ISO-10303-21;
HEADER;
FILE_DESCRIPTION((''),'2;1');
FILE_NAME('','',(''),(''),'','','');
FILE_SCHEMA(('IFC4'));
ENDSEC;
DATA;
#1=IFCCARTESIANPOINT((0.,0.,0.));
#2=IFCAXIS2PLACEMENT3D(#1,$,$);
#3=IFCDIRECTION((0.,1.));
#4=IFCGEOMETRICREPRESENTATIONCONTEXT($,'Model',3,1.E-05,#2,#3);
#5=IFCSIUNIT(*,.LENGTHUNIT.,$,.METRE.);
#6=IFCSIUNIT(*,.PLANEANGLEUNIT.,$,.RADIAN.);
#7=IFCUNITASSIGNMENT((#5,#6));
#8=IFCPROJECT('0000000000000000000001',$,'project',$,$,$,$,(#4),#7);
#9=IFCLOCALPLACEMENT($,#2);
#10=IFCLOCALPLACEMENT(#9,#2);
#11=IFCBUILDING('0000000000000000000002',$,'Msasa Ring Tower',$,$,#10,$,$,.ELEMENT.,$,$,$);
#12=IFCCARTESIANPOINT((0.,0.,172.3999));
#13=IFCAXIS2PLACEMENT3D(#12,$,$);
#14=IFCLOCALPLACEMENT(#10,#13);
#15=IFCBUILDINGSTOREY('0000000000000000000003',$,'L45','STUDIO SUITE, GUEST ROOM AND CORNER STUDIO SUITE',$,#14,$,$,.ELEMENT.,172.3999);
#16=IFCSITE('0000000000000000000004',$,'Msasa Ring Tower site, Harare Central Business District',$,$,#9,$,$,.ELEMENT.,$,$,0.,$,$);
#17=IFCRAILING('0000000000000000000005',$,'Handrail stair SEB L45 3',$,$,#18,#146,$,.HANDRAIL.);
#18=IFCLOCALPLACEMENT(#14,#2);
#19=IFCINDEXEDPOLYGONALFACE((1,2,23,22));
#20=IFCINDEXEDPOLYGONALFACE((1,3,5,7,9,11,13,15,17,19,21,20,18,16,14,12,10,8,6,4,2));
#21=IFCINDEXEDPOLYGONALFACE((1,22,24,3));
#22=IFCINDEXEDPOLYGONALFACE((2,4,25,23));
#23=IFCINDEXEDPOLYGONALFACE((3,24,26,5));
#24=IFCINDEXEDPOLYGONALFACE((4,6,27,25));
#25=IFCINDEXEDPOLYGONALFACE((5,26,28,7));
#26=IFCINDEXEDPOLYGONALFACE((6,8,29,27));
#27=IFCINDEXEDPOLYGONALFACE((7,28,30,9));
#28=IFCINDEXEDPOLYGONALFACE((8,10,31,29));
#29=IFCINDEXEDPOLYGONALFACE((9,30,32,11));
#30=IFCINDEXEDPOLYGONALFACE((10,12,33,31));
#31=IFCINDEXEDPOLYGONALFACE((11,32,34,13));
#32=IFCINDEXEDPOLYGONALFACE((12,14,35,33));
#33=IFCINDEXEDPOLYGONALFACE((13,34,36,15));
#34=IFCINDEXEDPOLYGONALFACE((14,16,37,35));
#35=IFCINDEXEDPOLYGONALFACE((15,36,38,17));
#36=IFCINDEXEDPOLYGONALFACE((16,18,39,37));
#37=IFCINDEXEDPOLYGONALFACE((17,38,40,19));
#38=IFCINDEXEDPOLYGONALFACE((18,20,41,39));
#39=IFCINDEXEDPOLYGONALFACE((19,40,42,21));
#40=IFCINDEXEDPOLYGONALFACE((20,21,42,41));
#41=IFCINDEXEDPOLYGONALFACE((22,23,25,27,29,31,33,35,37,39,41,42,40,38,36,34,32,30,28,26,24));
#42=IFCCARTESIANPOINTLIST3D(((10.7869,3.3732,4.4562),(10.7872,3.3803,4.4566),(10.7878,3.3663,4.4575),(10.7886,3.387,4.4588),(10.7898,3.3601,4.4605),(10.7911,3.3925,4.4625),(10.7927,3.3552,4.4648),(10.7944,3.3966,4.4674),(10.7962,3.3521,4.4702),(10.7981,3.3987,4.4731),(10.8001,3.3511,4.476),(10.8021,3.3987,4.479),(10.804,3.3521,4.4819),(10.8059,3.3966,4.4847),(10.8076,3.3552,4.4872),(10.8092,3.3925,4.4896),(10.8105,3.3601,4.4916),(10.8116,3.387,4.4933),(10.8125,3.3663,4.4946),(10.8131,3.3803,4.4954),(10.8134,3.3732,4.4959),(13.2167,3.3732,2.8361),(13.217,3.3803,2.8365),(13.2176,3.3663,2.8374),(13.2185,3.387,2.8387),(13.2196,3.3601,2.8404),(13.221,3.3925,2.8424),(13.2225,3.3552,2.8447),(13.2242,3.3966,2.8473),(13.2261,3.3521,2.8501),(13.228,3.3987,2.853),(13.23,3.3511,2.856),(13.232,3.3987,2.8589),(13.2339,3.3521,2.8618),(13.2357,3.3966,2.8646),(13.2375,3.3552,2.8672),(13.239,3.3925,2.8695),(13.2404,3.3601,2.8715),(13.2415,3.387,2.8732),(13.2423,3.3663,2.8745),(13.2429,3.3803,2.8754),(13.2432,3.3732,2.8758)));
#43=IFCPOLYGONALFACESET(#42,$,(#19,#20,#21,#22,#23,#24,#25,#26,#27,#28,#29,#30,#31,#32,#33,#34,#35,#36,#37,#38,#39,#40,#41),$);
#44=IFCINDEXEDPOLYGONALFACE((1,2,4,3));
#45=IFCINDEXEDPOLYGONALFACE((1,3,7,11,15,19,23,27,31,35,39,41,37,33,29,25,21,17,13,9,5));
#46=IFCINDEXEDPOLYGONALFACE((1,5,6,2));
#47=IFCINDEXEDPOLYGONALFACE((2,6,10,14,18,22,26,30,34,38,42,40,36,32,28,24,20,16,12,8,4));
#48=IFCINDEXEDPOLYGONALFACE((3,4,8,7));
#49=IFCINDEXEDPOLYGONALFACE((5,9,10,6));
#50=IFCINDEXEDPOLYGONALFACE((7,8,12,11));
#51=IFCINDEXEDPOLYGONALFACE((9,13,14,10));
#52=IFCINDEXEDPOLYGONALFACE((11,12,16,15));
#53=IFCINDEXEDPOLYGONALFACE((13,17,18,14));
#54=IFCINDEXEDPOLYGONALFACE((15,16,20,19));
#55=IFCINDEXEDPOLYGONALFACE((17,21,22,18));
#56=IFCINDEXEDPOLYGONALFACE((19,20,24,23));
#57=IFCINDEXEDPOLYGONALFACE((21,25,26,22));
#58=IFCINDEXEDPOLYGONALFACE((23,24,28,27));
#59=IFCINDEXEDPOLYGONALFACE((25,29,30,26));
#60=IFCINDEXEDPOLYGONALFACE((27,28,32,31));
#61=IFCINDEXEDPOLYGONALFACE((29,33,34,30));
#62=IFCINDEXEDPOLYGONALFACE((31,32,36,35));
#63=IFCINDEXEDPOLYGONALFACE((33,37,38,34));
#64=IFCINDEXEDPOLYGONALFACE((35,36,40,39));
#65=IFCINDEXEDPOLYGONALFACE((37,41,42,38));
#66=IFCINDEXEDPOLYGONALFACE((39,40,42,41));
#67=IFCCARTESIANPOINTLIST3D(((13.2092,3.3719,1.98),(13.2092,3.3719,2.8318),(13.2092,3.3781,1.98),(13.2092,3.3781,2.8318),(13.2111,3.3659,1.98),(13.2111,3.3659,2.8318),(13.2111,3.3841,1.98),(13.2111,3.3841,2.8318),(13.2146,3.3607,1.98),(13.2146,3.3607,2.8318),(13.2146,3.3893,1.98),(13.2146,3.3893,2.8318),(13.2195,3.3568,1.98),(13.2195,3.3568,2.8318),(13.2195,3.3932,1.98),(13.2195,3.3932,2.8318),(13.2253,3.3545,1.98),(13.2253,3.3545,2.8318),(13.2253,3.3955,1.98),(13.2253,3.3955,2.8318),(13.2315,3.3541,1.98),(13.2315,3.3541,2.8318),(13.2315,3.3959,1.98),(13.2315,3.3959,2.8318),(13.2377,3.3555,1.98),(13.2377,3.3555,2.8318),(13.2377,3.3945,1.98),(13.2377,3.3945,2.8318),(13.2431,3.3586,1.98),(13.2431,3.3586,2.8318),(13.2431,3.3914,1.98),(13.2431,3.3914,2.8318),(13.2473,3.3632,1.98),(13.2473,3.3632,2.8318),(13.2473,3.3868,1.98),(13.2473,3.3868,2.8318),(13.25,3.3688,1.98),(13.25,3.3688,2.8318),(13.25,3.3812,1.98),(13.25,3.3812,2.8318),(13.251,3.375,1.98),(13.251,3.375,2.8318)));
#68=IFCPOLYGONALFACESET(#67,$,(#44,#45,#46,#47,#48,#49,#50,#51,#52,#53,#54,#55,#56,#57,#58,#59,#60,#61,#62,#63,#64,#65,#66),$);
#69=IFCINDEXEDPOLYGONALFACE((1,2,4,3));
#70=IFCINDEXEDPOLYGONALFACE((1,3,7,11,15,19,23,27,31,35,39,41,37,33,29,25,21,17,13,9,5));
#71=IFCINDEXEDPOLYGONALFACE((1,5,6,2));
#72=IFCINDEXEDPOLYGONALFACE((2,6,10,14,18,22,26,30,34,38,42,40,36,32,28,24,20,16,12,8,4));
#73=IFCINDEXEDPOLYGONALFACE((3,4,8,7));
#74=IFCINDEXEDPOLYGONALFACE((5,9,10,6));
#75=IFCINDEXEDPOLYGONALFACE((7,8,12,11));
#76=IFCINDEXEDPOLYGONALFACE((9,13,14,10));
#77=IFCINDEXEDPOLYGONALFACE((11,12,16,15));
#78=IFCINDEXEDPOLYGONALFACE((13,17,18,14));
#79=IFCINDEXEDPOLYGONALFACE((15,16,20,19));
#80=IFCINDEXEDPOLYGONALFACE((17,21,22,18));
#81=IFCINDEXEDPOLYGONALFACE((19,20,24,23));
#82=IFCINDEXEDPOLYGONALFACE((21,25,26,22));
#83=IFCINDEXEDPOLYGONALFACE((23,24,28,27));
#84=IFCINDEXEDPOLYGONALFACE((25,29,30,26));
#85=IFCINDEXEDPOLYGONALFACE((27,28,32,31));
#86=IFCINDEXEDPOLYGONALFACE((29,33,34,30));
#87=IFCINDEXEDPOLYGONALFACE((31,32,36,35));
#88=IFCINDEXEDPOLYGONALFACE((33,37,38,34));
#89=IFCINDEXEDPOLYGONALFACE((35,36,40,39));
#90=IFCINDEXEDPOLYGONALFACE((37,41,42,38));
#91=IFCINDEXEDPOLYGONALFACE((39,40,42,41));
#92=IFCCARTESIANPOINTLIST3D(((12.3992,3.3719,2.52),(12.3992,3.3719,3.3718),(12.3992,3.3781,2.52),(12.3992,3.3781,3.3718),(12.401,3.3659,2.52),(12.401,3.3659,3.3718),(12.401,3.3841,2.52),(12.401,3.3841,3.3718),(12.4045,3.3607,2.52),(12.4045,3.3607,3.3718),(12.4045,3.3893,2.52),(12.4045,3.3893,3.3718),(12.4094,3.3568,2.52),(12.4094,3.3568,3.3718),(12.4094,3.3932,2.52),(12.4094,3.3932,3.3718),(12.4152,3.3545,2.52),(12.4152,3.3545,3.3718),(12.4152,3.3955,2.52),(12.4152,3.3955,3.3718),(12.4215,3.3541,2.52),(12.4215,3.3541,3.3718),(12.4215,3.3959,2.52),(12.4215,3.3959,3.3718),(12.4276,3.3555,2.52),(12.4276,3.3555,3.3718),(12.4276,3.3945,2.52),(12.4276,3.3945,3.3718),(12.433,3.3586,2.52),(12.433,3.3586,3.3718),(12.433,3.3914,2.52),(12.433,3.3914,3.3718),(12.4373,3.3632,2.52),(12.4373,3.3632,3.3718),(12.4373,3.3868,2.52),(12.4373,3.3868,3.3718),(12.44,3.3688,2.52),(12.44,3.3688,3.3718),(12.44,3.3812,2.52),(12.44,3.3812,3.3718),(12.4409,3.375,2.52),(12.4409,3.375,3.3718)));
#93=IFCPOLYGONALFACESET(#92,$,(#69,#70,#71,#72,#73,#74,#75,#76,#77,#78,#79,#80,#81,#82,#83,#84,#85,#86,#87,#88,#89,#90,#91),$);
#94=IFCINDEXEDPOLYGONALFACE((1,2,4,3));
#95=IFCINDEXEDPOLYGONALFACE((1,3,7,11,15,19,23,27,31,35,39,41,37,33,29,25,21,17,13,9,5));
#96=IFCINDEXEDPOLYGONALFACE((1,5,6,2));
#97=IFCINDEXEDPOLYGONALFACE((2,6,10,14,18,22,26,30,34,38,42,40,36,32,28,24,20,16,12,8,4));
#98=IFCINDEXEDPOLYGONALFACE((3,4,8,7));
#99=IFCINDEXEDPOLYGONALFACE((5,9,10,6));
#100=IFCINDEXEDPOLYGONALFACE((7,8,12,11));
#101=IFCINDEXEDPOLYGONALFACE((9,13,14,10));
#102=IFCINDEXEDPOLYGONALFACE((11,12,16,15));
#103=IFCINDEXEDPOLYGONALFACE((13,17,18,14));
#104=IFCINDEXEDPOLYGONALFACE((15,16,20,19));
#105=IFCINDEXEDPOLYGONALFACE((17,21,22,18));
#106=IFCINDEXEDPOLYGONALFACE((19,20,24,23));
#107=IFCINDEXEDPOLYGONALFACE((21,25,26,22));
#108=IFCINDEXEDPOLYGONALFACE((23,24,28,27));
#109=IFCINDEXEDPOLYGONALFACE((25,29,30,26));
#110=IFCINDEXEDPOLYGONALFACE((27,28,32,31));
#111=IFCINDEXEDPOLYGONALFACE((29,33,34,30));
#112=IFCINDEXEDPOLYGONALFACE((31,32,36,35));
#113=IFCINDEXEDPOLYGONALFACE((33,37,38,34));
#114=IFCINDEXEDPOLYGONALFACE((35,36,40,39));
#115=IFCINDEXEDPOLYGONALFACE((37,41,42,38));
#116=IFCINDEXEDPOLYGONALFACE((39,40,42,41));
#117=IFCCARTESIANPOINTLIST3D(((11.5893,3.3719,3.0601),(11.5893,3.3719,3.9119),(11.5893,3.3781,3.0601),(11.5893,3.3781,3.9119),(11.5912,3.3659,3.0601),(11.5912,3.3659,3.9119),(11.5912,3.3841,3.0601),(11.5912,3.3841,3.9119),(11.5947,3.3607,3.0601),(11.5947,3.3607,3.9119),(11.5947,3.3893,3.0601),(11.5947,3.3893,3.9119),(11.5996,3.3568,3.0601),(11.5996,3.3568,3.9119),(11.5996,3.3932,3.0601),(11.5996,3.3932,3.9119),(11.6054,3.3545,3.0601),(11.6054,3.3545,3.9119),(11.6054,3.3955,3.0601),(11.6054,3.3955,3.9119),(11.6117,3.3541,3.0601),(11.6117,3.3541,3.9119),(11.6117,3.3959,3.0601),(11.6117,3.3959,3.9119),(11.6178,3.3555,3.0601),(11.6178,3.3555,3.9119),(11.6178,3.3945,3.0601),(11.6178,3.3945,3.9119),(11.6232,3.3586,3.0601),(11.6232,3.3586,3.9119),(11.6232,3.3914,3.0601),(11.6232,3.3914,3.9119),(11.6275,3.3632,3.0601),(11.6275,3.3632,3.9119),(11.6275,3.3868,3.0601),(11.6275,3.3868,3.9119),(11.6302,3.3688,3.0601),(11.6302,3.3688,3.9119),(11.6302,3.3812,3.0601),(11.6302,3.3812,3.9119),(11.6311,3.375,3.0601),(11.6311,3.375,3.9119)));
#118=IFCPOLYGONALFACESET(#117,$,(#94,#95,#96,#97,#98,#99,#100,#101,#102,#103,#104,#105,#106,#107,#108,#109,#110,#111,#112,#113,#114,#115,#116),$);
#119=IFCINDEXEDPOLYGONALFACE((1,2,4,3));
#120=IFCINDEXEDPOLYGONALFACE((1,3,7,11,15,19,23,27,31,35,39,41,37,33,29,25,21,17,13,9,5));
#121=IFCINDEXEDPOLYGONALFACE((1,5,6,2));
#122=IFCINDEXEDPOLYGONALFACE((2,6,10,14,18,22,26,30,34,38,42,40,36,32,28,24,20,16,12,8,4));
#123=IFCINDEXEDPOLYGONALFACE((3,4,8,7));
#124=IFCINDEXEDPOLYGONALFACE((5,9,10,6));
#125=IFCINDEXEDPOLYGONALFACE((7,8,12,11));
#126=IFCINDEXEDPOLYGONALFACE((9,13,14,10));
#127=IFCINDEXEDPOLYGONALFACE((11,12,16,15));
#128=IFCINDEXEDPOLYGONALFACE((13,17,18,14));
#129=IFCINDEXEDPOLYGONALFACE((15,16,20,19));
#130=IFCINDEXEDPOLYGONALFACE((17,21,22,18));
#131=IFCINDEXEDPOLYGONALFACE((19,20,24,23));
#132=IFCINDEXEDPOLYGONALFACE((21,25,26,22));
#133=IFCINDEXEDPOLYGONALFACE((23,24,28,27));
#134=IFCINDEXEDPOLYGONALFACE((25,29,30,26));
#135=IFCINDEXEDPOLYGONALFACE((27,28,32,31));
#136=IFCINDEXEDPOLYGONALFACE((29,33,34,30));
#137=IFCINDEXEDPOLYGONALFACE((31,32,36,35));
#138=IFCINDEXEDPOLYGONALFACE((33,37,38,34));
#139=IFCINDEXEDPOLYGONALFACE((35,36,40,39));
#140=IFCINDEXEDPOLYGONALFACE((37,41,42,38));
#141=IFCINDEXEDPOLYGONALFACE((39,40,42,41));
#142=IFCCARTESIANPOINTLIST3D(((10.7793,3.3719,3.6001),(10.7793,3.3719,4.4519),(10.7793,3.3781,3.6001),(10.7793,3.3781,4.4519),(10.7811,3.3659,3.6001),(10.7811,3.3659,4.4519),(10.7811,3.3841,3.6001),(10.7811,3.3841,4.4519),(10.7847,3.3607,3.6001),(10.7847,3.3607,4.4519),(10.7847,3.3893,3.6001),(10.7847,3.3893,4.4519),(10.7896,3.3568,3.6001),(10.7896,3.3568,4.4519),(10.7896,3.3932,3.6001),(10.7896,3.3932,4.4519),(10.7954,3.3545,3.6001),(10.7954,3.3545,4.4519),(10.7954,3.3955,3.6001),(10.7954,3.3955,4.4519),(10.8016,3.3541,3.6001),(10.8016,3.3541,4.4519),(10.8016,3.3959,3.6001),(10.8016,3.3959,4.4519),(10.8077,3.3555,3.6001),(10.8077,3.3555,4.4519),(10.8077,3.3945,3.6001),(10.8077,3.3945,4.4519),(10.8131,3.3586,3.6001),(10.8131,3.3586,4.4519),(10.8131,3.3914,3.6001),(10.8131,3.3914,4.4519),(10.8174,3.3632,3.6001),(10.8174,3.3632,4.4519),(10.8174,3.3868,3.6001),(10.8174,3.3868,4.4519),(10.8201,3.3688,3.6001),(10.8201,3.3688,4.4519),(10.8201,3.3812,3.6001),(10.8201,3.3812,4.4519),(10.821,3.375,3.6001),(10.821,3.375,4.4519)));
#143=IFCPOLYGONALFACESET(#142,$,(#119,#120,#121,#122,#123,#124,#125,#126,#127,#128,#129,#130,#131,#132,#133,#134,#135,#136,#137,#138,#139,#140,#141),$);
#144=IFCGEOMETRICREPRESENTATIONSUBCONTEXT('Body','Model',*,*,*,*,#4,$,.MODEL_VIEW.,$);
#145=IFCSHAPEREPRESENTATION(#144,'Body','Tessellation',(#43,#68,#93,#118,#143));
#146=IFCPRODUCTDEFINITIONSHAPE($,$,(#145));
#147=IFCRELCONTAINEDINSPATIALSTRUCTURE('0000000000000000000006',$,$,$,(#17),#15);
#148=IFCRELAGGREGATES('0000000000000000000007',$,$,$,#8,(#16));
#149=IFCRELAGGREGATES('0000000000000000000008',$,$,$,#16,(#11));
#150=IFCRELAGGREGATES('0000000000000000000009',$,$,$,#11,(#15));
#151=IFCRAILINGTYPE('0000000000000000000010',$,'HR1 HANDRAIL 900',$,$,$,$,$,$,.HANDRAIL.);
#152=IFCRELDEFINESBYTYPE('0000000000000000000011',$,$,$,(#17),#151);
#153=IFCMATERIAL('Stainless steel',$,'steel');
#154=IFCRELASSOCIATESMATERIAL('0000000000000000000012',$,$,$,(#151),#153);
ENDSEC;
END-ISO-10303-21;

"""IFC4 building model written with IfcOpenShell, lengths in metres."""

from ifc_helpers import new_model, si_unit, direction, frame, origin, origin_2d, place, context, subcontext, project, spatial, circle, extrude, material, type_object, element, save


model = new_model("IFC4")

# Units and contexts
model_context = context("Model", 3, precision=1e-05, world=origin(), true_north=direction((0.0, 1.0)))
body_context = subcontext(model_context, "Body", "Model", "MODEL_VIEW")
ifc_project = project(units=[si_unit("LENGTHUNIT", "METRE"), si_unit("PLANEANGLEUNIT", "RADIAN")], contexts=[model_context])

# Site, building, storey
site_placement = place(None, origin())
site = spatial("IfcSite", under=ifc_project, at=site_placement, Name="Msasa Ring Tower site, Harare Central Business District", CompositionType="ELEMENT", RefElevation=0.0)
building_placement = place(site_placement, origin())
building = spatial("IfcBuilding", under=site, at=building_placement, Name="Msasa Ring Tower", CompositionType="ELEMENT")
storey_placement = place(building_placement, frame((0.0, 0.0, 172.3999)))
storey = spatial("IfcBuildingStorey", under=building, at=storey_placement, Name="L45", Description="STUDIO SUITE, GUEST ROOM AND CORNER STUDIO SUITE", CompositionType="ELEMENT", Elevation=172.3999)

# Railing
ifc_material_1 = material(Name="Stainless steel", Category="steel")
railing_type = type_object("IfcRailingType", Name="HR1 HANDRAIL 900", PredefinedType="HANDRAIL", material=ifc_material_1)
for number, where, name in (
    (1, (13.23, 3.375, 1.98), "Handrail stair SEB L45 3"),
):
    element("IfcRailing", number, at=place(storey_placement, frame(where)), inside=storey, type_object=railing_type, Name=name, PredefinedType="HANDRAIL", context=body_context, shape_type="SweptSolid", body=[
        extrude(circle(Radius=0.0239, at=origin_2d()), frame((0.0, 0.0, 0.876), z_axis=(-0.832025, 0.0, 0.554739), x_axis=(0.0, -1.0, 0.0)), (0.0, 0.0, 1.0), 2.9204),
        extrude(circle(Radius=0.021, at=origin_2d()), origin(), (0.0, 0.0, 1.0), 0.8518),
        extrude(circle(Radius=0.021, at=origin_2d()), frame((-0.8101, 0.0, 0.54)), (0.0, 0.0, 1.0), 0.8518),
        extrude(circle(Radius=0.021, at=origin_2d()), frame((-1.6199, 0.0, 1.0801)), (0.0, 0.0, 1.0), 0.8518),
        extrude(circle(Radius=0.021, at=origin_2d()), frame((-2.4299, 0.0, 1.6201)), (0.0, 0.0, 1.0), 0.8518),
    ])

save(model, "model.ifc")
